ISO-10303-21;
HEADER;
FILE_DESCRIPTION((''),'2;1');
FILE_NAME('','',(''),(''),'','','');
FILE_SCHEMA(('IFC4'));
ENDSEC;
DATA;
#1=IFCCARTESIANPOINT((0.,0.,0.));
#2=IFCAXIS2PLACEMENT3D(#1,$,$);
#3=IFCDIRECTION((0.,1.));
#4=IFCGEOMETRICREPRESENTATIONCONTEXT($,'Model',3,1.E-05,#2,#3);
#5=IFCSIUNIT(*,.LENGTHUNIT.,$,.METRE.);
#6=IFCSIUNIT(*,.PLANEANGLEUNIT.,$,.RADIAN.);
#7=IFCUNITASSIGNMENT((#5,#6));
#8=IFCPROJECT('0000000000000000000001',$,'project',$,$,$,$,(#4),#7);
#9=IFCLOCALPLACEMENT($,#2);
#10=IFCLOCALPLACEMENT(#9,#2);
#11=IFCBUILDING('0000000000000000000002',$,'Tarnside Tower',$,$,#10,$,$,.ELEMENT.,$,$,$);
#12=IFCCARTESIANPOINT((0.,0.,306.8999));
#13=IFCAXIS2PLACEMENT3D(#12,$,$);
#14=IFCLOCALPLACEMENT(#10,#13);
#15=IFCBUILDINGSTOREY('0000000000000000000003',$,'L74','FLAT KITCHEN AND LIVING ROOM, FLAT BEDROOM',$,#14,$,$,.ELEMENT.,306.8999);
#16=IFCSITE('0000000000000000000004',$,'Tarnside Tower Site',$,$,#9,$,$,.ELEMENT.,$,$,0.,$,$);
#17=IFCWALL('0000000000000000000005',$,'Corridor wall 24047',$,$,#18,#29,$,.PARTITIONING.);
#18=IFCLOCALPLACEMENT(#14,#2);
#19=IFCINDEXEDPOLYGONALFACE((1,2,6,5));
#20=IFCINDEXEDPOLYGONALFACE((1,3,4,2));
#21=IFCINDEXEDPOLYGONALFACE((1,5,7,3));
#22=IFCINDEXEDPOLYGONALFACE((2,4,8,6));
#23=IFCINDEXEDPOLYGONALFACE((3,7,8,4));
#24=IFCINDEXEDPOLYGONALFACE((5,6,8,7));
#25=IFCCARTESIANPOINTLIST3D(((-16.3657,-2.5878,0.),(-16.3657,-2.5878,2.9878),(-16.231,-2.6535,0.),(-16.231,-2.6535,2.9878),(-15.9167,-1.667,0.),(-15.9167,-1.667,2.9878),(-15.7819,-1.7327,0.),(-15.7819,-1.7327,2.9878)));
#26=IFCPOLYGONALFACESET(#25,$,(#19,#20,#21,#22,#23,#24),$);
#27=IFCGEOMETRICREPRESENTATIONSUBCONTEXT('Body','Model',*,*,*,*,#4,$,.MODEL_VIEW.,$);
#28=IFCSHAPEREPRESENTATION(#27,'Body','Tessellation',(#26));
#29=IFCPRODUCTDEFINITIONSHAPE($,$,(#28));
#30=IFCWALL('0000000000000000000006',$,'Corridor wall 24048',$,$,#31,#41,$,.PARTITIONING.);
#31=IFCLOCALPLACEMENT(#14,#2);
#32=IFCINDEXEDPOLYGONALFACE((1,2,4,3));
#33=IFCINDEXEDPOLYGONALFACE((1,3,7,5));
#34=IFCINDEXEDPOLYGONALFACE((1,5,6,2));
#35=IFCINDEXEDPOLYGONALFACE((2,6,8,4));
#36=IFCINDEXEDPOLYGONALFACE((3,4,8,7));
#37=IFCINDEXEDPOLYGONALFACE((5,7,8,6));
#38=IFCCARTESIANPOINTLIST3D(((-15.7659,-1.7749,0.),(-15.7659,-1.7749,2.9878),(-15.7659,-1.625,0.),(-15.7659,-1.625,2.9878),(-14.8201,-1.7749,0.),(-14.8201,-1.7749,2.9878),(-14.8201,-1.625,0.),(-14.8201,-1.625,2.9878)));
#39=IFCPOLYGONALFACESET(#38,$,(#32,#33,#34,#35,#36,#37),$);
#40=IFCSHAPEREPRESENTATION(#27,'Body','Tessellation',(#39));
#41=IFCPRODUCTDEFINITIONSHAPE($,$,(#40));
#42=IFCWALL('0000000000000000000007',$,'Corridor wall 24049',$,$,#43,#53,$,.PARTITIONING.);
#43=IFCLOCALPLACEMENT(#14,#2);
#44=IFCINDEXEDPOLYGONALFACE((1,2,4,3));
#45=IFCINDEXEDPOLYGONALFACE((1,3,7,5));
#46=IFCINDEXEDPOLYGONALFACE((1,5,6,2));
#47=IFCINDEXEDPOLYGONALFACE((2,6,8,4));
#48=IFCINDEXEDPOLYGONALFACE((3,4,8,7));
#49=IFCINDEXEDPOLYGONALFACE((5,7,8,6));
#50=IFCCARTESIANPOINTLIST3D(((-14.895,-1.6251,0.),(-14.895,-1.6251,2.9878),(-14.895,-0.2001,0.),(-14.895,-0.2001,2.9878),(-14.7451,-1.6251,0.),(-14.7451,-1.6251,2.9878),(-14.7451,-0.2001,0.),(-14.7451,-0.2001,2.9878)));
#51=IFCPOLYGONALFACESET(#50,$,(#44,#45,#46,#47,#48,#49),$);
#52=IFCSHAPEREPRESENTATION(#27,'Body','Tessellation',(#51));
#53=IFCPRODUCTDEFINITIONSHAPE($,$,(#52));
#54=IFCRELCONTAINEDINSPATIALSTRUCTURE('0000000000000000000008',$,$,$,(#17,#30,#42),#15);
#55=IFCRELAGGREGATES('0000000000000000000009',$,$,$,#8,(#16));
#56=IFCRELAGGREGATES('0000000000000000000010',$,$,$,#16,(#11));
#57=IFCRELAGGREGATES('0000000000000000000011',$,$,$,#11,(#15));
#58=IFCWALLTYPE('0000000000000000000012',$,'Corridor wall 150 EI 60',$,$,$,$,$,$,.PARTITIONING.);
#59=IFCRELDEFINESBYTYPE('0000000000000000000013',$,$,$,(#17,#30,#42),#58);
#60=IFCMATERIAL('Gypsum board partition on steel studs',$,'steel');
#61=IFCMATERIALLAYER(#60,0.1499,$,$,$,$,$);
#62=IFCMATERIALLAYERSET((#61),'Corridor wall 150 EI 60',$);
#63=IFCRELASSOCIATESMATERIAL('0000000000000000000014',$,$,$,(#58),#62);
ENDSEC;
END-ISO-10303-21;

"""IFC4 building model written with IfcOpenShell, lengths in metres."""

from ifc_helpers import new_model, si_unit, direction, frame, frame_2d, origin, place, context, subcontext, project, spatial, rectangle, extrude, material, layer, layer_set, type_object, element, save


model = new_model("IFC4")

# Units and contexts
model_context = context("Model", 3, precision=1e-05, world=origin(), true_north=direction((0.0, 1.0)))
body_context = subcontext(model_context, "Body", "Model", "MODEL_VIEW")
ifc_project = project(units=[si_unit("LENGTHUNIT", "METRE"), si_unit("PLANEANGLEUNIT", "RADIAN")], contexts=[model_context])

# Site, building, storey
site_placement = place(None, origin())
site = spatial("IfcSite", under=ifc_project, at=site_placement, Name="Tarnside Tower Site", CompositionType="ELEMENT", RefElevation=0.0)
building_placement = place(site_placement, origin())
building = spatial("IfcBuilding", under=site, at=building_placement, Name="Tarnside Tower", CompositionType="ELEMENT")
storey_placement = place(building_placement, frame((0.0, 0.0, 306.8999)))
storey = spatial("IfcBuildingStorey", under=building, at=storey_placement, Name="L74", Description="FLAT KITCHEN AND LIVING ROOM, FLAT BEDROOM", CompositionType="ELEMENT", Elevation=306.8999)

# Shared definitions
ifc_material_1 = material(Name="Gypsum board partition on steel studs", Category="steel")

# Shared definitions
ifc_layer_1 = layer(ifc_material_1, 0.1499)
ifc_layer_set_1 = layer_set([ifc_layer_1], Name="Corridor wall 150 EI 60")
wall_type_1 = type_object("IfcWallType", Name="Corridor wall 150 EI 60", PredefinedType="PARTITIONING", material=ifc_layer_set_1)

# Walls
wall_1_placement = place(storey_placement, frame((-16.2983, -2.6206, 0.0), z_axis=(0.0, 0.0, 1.0), x_axis=(0.438325, 0.898817, 0.0)))
element("IfcWall", 1, at=wall_1_placement, inside=storey, type_object=wall_type_1, Name="Corridor wall 24047", PredefinedType="PARTITIONING", context=body_context, shape_type="SweptSolid", body=[
    extrude(rectangle(XDim=1.0244, YDim=0.1499, at=frame_2d((0.5122, 0.0))), origin(), (0.0, 0.0, 1.0), 2.9878),
])
wall_2_placement = place(storey_placement, frame((-15.7659, -1.7, 0.0), z_axis=(0.0, 0.0, 1.0), x_axis=(1.0, 0.0, 0.0)))
element("IfcWall", 2, at=wall_2_placement, inside=storey, type_object=wall_type_1, Name="Corridor wall 24048", PredefinedType="PARTITIONING", context=body_context, shape_type="SweptSolid", body=[
    extrude(rectangle(XDim=0.9458, YDim=0.1499, at=frame_2d((0.4729, 0.0))), origin(), (0.0, 0.0, 1.0), 2.9878),
])
wall_3_placement = place(storey_placement, frame((-14.8201, -1.625, 0.0), z_axis=(0.0, 0.0, 1.0), x_axis=(0.0, 1.0, 0.0)))
element("IfcWall", 3, at=wall_3_placement, inside=storey, type_object=wall_type_1, Name="Corridor wall 24049", PredefinedType="PARTITIONING", context=body_context, shape_type="SweptSolid", body=[
    extrude(rectangle(XDim=1.425, YDim=0.1499, at=frame_2d((0.7124, 0.0))), origin(), (0.0, 0.0, 1.0), 2.9878),
])

save(model, "model.ifc")
